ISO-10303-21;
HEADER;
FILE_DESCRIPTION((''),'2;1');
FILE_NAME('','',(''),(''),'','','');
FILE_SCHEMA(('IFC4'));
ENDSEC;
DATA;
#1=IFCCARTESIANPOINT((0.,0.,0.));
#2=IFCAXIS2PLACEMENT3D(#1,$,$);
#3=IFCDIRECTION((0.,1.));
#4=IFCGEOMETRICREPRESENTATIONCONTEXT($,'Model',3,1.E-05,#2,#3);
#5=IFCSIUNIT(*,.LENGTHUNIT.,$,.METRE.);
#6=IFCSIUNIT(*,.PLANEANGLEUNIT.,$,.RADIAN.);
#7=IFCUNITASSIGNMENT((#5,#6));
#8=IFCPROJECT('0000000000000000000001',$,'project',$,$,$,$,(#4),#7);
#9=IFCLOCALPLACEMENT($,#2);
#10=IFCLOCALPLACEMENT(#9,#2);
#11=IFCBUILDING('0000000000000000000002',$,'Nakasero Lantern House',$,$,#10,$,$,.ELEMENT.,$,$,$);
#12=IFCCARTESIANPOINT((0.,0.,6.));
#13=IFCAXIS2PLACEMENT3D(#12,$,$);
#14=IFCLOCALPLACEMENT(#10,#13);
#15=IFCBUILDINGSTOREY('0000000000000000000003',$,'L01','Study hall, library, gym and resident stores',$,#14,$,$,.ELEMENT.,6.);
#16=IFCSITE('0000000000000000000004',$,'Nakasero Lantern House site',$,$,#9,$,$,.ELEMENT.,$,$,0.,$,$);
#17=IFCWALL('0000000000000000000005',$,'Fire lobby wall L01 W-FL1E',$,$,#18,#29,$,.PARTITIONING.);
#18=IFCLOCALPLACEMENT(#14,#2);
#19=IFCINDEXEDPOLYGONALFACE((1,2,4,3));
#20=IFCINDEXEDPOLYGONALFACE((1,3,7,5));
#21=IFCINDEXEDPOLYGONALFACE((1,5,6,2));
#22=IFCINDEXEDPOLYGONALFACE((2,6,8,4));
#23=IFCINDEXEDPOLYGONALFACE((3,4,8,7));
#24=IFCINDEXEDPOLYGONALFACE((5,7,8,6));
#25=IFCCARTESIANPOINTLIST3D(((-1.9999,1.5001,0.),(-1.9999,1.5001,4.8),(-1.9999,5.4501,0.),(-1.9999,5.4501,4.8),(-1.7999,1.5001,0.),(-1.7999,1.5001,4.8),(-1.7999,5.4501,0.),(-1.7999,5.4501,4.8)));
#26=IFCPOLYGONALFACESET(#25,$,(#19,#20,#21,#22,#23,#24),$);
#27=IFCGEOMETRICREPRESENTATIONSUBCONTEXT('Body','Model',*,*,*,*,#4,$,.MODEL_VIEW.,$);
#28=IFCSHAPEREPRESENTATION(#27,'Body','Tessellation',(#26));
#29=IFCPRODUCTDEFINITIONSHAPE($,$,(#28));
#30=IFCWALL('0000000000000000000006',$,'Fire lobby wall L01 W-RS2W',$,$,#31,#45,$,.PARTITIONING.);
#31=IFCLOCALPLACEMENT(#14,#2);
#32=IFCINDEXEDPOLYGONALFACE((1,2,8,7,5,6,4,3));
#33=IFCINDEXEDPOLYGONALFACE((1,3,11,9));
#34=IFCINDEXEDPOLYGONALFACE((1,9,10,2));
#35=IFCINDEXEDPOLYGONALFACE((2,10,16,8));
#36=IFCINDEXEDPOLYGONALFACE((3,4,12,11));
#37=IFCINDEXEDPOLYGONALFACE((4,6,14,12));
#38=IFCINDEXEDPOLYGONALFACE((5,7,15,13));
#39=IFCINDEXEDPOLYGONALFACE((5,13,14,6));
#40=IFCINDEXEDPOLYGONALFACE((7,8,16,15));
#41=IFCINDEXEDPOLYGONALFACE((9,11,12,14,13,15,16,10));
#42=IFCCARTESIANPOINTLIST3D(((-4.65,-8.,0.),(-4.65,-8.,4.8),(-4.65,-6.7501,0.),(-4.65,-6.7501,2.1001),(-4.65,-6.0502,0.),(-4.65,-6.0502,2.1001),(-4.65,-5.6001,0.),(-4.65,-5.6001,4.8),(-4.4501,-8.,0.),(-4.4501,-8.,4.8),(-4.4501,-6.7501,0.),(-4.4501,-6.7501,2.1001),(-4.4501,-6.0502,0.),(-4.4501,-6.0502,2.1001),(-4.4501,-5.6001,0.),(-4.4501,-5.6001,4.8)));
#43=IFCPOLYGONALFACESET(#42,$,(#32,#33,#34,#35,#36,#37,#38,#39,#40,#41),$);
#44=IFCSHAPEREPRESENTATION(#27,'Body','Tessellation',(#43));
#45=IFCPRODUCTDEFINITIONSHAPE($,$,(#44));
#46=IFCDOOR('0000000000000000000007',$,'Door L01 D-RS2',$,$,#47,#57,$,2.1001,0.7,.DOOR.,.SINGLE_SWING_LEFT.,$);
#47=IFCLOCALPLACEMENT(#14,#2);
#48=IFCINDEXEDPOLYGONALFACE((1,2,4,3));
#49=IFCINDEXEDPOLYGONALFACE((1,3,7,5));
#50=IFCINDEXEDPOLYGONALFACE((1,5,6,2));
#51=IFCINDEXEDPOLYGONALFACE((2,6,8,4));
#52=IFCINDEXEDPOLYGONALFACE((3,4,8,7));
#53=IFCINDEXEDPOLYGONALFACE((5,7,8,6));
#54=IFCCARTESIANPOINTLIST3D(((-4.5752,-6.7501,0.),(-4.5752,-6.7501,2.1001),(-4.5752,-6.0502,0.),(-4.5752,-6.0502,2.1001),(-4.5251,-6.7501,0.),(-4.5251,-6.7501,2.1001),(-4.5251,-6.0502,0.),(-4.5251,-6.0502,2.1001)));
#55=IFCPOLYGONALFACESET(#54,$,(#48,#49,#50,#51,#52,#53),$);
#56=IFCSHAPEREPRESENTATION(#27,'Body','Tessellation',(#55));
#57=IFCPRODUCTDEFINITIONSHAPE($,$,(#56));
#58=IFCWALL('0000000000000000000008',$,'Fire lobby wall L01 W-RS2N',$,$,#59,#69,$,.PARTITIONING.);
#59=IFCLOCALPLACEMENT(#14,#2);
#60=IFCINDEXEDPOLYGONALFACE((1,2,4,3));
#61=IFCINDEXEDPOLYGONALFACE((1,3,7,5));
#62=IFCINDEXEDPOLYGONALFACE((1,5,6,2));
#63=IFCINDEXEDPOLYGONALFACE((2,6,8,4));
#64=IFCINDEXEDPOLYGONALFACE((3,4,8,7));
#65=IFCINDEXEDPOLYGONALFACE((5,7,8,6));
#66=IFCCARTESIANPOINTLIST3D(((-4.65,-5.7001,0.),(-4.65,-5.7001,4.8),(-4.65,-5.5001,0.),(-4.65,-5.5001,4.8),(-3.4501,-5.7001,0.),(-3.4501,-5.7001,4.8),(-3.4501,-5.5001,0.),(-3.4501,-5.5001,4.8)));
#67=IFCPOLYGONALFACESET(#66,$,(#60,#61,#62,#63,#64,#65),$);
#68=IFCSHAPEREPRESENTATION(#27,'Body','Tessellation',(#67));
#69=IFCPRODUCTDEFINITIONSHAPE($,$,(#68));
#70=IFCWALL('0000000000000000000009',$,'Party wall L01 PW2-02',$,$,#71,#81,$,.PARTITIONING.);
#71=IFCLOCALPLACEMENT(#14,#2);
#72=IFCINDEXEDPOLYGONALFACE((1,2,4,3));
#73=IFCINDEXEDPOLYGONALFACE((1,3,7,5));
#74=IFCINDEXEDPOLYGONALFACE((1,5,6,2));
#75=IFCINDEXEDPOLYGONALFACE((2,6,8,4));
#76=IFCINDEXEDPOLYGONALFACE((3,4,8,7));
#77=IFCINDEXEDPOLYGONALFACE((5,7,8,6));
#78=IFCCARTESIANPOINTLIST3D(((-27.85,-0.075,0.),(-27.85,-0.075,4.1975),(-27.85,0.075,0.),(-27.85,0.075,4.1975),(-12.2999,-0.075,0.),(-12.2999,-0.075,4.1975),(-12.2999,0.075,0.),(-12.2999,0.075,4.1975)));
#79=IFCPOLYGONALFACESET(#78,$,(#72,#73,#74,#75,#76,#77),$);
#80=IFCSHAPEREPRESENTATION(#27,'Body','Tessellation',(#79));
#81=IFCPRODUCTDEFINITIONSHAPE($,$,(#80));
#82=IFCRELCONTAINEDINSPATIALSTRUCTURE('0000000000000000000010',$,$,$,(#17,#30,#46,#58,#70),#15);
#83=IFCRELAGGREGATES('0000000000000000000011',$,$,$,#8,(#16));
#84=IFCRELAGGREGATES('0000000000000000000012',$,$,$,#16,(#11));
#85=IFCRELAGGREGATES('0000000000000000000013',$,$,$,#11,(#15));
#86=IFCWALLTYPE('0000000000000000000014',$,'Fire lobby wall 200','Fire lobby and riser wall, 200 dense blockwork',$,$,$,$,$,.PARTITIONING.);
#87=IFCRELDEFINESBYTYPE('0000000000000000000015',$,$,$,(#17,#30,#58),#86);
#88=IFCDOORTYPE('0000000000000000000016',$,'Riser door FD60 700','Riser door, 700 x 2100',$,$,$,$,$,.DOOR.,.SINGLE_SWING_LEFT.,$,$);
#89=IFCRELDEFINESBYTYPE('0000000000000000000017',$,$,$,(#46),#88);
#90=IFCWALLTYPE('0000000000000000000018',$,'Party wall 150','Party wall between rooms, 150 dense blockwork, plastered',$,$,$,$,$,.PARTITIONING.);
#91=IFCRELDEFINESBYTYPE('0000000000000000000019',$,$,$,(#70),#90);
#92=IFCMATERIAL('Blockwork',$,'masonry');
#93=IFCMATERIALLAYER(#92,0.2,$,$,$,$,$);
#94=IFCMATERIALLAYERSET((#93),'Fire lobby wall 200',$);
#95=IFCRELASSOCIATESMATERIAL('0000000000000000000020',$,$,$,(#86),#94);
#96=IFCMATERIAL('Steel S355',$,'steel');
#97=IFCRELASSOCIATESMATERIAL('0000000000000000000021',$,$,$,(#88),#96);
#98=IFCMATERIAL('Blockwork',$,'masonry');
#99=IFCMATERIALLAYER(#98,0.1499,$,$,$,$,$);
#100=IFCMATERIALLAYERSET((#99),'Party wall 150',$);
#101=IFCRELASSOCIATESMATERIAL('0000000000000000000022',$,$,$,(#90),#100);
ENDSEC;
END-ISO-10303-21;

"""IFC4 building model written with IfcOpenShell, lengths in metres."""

from ifc_helpers import new_model, si_unit, direction, frame, frame_2d, origin, place, context, subcontext, project, spatial, rectangle, extrude, material, layer, layer_set, type_object, element, fill, save


model = new_model("IFC4")

# Units and contexts
model_context = context("Model", 3, precision=1e-05, world=origin(), true_north=direction((0.0, 1.0)))
body_context = subcontext(model_context, "Body", "Model", "MODEL_VIEW")
ifc_project = project(units=[si_unit("LENGTHUNIT", "METRE"), si_unit("PLANEANGLEUNIT", "RADIAN")], contexts=[model_context])

# Site, building, storey
site_placement = place(None, origin())
site = spatial("IfcSite", under=ifc_project, at=site_placement, Name="Nakasero Lantern House site", CompositionType="ELEMENT", RefElevation=0.0)
building_placement = place(site_placement, origin())
building = spatial("IfcBuilding", under=site, at=building_placement, Name="Nakasero Lantern House", CompositionType="ELEMENT")
storey_placement = place(building_placement, frame((0.0, 0.0, 6.0)))
storey = spatial("IfcBuildingStorey", under=building, at=storey_placement, Name="L01", Description="Study hall, library, gym and resident stores", CompositionType="ELEMENT", Elevation=6.0)

# Shared definitions
ifc_material_1 = material(Name="Blockwork", Category="masonry")
ifc_layer_1 = layer(ifc_material_1, 0.2)
ifc_layer_set_1 = layer_set([ifc_layer_1], Name="Fire lobby wall 200")
wall_type_1 = type_object("IfcWallType", Name="Fire lobby wall 200", Description="Fire lobby and riser wall, 200 dense blockwork", PredefinedType="PARTITIONING", material=ifc_layer_set_1)

# Wall
wall_1_placement = place(storey_placement, frame((-1.8999, 1.5, 0.0), z_axis=(0.0, 0.0, 1.0), x_axis=(0.0, 1.0, 0.0)))
element("IfcWall", 1, at=wall_1_placement, inside=storey, type_object=wall_type_1, Name="Fire lobby wall L01 W-FL1E", PredefinedType="PARTITIONING", context=body_context, shape_type="SweptSolid", body=[
    extrude(rectangle(XDim=3.95, YDim=0.2, at=frame_2d((1.9751, 0.0))), origin(), (0.0, 0.0, 1.0), 4.8),
])

# Wall, opening, door
wall_2_placement = place(storey_placement, frame((-4.55, -5.6001, 0.0), z_axis=(0.0, 0.0, 1.0), x_axis=(0.0, -1.0, 0.0)))
wall_2 = element("IfcWall", 2, at=wall_2_placement, inside=storey, type_object=wall_type_1, Name="Fire lobby wall L01 W-RS2W", PredefinedType="PARTITIONING", context=body_context, shape_type="SweptSolid", body=[
    extrude(rectangle(XDim=2.3999, YDim=0.2, at=frame_2d((1.2, 0.0))), origin(), (0.0, 0.0, 1.0), 4.8),
])
opening_1_placement = place(wall_2_placement, frame((0.45, 0.0, 0.0)))
opening_1 = element("IfcOpeningElement", 3, at=opening_1_placement, cuts=wall_2, PredefinedType="OPENING", context=body_context, shape_type="SweptSolid", body=[
    extrude(rectangle(XDim=0.7, YDim=2.1001, at=frame_2d((0.3501, 1.05))), frame((0.0, 0.1199, 0.0), z_axis=(0.0, -1.0, 0.0), x_axis=(1.0, 0.0, 0.0)), (0.0, 0.0, 1.0), 0.24),
])
ifc_material_2 = material(Name="Steel S355", Category="steel")
door_type_1 = type_object("IfcDoorType", Name="Riser door FD60 700", Description="Riser door, 700 x 2100", OperationType="SINGLE_SWING_LEFT", PredefinedType="DOOR", material=ifc_material_2)
door_1_placement = place(opening_1_placement, origin())
door_1 = element("IfcDoor", 4, at=door_1_placement, inside=storey, type_object=door_type_1, Name="Door L01 D-RS2", OperationType="SINGLE_SWING_LEFT", OverallHeight=2.1001, OverallWidth=0.7, PredefinedType="DOOR", context=body_context, shape_type="SweptSolid", body=[
    extrude(rectangle(XDim=0.7, YDim=2.1001, at=frame_2d((0.3501, 1.05))), frame((0.0, 0.0249, 0.0), z_axis=(0.0, -1.0, 0.0), x_axis=(1.0, 0.0, 0.0)), (0.0, 0.0, 1.0), 0.05),
])
fill(opening_1, door_1)

# Walls
wall_3_placement = place(storey_placement, frame((-3.45, -5.6001, 0.0), z_axis=(0.0, 0.0, 1.0), x_axis=(-1.0, 0.0, 0.0)))
element("IfcWall", 5, at=wall_3_placement, inside=storey, type_object=wall_type_1, Name="Fire lobby wall L01 W-RS2N", PredefinedType="PARTITIONING", context=body_context, shape_type="SweptSolid", body=[
    extrude(rectangle(XDim=1.2, YDim=0.2, at=frame_2d((0.6001, 0.0))), origin(), (0.0, 0.0, 1.0), 4.8),
])
ifc_material_3 = material(Name="Blockwork", Category="masonry")
ifc_layer_2 = layer(ifc_material_3, 0.1499)
ifc_layer_set_2 = layer_set([ifc_layer_2], Name="Party wall 150")
wall_type_2 = type_object("IfcWallType", Name="Party wall 150", Description="Party wall between rooms, 150 dense blockwork, plastered", PredefinedType="PARTITIONING", material=ifc_layer_set_2)
wall_4_placement = place(storey_placement, frame((-12.3, 0.0, 0.0), z_axis=(0.0, 0.0, 1.0), x_axis=(-1.0, 0.0, 0.0)))
element("IfcWall", 6, at=wall_4_placement, inside=storey, type_object=wall_type_2, Name="Party wall L01 PW2-02", PredefinedType="PARTITIONING", context=body_context, shape_type="SweptSolid", body=[
    extrude(rectangle(XDim=15.55, YDim=0.1499, at=frame_2d((7.7749, 0.0))), origin(), (0.0, 0.0, 1.0), 4.1975),
])

save(model, "model.ifc")
